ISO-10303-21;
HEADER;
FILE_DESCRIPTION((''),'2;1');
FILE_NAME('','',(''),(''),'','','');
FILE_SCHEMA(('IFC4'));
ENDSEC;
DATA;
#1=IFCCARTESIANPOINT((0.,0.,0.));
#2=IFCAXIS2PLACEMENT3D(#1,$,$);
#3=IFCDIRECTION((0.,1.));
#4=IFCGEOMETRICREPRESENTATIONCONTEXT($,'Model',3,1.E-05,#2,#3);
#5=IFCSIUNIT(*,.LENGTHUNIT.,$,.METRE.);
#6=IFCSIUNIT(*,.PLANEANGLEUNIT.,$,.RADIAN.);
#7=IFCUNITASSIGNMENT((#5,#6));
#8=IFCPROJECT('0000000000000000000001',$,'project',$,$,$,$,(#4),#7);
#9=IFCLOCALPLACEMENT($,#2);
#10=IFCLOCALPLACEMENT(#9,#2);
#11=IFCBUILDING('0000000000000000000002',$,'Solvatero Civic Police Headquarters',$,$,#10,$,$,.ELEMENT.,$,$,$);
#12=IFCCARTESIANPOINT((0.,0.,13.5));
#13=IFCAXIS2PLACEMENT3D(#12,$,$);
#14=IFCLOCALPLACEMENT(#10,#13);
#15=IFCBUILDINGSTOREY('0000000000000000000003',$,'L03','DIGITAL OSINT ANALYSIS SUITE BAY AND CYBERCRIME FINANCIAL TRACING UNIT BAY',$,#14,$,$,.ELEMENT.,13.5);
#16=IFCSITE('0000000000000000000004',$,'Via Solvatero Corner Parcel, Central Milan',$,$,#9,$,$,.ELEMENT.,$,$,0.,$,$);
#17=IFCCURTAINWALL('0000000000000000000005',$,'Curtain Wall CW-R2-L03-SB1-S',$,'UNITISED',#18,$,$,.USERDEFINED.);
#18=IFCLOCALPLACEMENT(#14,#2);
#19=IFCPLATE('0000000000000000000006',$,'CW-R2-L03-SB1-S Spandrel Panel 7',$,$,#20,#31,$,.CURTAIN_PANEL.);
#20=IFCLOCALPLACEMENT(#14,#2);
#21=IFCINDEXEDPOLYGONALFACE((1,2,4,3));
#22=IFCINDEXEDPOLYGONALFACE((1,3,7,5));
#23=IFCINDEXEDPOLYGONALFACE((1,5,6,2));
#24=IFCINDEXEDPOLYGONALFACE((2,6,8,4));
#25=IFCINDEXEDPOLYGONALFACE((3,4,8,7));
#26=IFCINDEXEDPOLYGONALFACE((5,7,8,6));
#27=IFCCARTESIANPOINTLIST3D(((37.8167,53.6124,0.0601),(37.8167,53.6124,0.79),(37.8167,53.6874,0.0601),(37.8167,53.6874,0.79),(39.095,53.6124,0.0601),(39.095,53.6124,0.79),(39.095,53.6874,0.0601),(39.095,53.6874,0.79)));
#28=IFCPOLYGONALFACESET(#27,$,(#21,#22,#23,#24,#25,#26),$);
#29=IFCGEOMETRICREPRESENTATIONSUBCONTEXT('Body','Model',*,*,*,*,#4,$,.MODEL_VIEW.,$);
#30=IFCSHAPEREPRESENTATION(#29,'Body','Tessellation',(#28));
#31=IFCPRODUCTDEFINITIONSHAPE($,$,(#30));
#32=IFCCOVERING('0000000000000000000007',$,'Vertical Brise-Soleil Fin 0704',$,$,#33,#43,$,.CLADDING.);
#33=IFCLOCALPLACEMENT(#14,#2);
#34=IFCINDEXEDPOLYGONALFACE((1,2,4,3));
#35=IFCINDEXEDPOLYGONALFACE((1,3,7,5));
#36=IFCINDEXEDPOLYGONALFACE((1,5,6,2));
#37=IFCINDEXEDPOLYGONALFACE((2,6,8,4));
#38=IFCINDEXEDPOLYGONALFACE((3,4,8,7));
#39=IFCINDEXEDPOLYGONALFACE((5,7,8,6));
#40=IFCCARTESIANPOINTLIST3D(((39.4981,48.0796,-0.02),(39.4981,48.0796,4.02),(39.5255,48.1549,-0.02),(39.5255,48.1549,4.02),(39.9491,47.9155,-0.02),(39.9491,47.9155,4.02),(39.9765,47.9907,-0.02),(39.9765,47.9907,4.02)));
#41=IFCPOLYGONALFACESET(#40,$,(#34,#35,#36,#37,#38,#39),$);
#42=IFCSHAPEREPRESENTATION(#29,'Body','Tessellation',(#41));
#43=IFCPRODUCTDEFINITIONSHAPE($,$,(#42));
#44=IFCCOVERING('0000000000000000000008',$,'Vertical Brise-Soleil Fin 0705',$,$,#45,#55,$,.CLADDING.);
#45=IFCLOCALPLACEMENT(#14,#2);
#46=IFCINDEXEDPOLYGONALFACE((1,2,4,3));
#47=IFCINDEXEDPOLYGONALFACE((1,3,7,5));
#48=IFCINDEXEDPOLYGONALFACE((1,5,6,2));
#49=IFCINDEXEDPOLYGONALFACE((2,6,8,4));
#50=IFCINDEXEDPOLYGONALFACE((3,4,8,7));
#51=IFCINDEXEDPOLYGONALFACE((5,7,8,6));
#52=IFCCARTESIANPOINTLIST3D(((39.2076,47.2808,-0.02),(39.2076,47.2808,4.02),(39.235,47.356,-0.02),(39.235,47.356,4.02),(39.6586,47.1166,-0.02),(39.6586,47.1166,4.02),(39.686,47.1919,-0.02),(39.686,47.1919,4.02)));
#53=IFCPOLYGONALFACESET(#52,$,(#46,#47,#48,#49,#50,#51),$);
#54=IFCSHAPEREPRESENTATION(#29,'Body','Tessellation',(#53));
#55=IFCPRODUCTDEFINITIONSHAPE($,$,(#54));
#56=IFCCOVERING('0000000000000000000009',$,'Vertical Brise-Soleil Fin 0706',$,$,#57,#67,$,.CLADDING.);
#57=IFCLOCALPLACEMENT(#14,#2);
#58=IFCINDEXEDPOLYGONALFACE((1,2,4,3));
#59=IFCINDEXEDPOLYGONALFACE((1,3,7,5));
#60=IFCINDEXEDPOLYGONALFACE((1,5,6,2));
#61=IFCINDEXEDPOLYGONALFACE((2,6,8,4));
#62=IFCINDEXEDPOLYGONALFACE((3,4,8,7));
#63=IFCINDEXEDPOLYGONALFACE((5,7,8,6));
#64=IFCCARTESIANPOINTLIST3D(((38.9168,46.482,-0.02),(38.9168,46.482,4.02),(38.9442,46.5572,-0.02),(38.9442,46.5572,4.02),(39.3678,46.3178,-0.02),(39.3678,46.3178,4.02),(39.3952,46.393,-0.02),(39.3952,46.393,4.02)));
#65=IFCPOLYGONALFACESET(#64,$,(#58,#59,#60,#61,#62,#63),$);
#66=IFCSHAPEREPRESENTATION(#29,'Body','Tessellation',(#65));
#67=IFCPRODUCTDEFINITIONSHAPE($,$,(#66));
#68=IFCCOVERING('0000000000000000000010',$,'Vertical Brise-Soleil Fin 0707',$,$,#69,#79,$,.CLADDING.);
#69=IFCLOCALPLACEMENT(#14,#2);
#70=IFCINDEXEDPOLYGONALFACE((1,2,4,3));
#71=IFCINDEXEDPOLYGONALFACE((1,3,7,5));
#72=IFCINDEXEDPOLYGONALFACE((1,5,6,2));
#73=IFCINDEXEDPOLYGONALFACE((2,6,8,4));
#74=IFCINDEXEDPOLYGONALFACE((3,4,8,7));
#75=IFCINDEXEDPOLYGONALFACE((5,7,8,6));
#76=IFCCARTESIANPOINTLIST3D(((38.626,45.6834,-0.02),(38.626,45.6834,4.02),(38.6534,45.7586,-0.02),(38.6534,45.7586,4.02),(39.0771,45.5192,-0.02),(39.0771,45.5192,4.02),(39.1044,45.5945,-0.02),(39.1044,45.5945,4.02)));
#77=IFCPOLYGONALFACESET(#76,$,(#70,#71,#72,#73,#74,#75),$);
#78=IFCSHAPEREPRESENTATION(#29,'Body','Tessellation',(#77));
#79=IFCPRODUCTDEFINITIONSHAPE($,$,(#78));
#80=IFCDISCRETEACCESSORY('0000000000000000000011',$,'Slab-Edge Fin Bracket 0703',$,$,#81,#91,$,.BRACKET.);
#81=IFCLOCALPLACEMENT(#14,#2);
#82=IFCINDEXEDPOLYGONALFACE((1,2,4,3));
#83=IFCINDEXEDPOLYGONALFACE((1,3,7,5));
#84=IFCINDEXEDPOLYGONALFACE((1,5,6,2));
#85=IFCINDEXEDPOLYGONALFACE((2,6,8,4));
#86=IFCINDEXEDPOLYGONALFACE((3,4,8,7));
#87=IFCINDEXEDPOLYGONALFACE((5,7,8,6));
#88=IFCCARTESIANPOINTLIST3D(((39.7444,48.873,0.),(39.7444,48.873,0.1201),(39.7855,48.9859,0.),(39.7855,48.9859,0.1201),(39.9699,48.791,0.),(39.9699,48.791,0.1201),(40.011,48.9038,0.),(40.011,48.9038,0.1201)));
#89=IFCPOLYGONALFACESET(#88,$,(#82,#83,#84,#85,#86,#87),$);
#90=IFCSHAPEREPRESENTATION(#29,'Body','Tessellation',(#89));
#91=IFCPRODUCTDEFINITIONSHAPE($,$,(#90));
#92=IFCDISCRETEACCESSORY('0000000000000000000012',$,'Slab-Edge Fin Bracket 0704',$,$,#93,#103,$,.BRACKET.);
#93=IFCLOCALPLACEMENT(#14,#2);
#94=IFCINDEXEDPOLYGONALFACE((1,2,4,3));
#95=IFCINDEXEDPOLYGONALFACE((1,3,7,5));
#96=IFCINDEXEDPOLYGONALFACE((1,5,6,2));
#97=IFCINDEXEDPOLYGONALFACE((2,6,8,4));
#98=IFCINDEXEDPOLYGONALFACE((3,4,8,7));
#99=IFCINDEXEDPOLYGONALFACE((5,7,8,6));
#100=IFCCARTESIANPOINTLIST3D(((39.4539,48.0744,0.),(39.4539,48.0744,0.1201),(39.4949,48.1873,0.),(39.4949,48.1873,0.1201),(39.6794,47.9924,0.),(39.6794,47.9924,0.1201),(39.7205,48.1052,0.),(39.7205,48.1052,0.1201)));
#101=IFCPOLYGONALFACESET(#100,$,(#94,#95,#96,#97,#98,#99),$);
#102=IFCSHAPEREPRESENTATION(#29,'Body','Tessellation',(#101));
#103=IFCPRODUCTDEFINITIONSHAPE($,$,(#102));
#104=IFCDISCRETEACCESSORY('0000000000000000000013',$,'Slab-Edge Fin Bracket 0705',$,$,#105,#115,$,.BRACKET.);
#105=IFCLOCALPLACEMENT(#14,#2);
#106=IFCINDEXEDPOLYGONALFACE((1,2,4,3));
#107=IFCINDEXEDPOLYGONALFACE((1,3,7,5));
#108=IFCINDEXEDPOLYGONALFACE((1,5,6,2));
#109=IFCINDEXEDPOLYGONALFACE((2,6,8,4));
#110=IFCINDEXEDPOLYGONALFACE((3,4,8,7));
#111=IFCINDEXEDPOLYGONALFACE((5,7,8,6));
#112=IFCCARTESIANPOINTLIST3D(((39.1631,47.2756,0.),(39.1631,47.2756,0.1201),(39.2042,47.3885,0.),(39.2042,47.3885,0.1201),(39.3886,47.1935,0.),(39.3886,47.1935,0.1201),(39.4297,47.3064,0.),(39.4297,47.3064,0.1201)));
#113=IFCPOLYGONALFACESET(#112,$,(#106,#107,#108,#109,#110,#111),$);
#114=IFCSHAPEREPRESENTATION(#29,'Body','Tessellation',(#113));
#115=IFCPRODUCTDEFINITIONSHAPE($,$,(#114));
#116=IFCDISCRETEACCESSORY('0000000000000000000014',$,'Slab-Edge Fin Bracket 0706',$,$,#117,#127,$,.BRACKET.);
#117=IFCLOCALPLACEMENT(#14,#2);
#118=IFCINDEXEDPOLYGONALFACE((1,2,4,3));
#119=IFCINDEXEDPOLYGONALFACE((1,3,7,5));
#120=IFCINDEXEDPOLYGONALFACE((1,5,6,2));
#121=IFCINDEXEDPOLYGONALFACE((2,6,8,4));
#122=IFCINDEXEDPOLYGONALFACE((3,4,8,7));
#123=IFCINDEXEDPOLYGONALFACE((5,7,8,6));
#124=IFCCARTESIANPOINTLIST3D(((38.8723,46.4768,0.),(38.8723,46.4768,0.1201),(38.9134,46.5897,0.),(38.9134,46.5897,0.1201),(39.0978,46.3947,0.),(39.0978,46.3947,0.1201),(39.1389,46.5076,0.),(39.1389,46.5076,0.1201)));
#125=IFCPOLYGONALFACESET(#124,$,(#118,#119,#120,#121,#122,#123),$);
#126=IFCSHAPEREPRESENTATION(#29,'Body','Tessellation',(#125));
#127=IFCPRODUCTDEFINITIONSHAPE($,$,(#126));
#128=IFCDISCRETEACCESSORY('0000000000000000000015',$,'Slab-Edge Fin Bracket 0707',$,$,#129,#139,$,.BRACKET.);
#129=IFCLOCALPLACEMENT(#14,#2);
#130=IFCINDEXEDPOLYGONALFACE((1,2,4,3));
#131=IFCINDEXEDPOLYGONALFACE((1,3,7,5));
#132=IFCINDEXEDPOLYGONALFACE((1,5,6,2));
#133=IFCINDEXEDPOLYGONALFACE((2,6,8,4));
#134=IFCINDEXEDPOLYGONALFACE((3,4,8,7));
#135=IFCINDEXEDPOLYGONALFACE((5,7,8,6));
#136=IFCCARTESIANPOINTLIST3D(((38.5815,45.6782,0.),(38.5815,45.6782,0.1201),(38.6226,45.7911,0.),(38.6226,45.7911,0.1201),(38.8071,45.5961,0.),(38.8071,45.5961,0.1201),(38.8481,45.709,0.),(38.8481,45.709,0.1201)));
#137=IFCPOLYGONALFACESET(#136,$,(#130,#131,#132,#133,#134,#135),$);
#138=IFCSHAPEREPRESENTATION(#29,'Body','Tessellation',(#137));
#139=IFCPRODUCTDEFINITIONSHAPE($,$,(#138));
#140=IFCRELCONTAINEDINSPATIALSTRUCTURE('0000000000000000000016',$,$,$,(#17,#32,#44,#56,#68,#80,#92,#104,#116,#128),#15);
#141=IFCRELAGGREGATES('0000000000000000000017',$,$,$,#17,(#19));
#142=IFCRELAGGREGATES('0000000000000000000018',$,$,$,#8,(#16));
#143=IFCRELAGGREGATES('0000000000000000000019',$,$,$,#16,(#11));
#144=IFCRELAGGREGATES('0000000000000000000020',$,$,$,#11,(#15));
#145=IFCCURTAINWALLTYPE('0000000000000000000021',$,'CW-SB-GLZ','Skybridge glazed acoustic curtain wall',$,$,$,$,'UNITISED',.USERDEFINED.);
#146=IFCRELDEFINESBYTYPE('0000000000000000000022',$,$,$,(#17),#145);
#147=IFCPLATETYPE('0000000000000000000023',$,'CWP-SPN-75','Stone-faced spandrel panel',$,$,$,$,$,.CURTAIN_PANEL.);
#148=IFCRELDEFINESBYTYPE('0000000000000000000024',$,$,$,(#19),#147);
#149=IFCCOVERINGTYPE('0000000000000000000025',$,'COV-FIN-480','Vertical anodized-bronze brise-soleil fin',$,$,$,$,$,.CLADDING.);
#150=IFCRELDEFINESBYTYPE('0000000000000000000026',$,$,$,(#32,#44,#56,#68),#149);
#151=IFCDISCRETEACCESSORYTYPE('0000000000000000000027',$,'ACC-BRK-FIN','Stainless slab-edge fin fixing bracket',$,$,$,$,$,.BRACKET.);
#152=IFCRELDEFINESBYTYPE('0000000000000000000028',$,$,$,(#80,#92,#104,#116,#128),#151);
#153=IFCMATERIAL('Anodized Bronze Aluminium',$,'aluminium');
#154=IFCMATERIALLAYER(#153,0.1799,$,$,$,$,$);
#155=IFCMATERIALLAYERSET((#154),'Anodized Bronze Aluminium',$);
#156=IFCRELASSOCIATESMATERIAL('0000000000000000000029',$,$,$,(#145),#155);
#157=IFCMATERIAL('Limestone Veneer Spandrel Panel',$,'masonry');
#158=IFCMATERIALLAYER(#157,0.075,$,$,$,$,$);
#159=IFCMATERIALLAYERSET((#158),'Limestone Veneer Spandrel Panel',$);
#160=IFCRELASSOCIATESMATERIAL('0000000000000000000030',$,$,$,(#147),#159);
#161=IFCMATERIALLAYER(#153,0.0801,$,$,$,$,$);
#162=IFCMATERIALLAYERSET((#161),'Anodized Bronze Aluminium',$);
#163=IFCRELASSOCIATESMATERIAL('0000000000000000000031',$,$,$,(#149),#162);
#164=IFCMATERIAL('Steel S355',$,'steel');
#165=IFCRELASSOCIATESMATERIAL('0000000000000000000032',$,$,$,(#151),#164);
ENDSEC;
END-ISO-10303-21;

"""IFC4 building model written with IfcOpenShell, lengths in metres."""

from ifc_helpers import new_model, si_unit, direction, frame, origin, origin_2d, place, context, subcontext, project, spatial, rectangle, extrude, material, layer, layer_set, type_object, element, aggregate, save


model = new_model("IFC4")

# Units and contexts
model_context = context("Model", 3, precision=1e-05, world=origin(), true_north=direction((0.0, 1.0)))
body_context = subcontext(model_context, "Body", "Model", "MODEL_VIEW")
ifc_project = project(units=[si_unit("LENGTHUNIT", "METRE"), si_unit("PLANEANGLEUNIT", "RADIAN")], contexts=[model_context])

# Site, building, storey
site_placement = place(None, origin())
site = spatial("IfcSite", under=ifc_project, at=site_placement, Name="Via Solvatero Corner Parcel, Central Milan", CompositionType="ELEMENT", RefElevation=0.0)
building_placement = place(site_placement, origin())
building = spatial("IfcBuilding", under=site, at=building_placement, Name="Solvatero Civic Police Headquarters", CompositionType="ELEMENT")
storey_placement = place(building_placement, frame((0.0, 0.0, 13.5)))
storey = spatial("IfcBuildingStorey", under=building, at=storey_placement, Name="L03", Description="DIGITAL OSINT ANALYSIS SUITE BAY AND CYBERCRIME FINANCIAL TRACING UNIT BAY", CompositionType="ELEMENT", Elevation=13.5)

# Curtain wall
ifc_material_1 = material(Name="Anodized Bronze Aluminium", Category="aluminium")
ifc_layer_1 = layer(ifc_material_1, 0.1799)
ifc_layer_set_1 = layer_set([ifc_layer_1], Name="Anodized Bronze Aluminium")
curtain_wall_type_1 = type_object("IfcCurtainWallType", Name="CW-SB-GLZ", Description="Skybridge glazed acoustic curtain wall", ElementType="UNITISED", PredefinedType="USERDEFINED", material=ifc_layer_set_1)
curtain_wall_1_placement = place(storey_placement, origin())
curtain_wall_1 = element("IfcCurtainWall", 1, at=curtain_wall_1_placement, inside=storey, type_object=curtain_wall_type_1, Name="Curtain Wall CW-R2-L03-SB1-S", ObjectType="UNITISED", PredefinedType="USERDEFINED")

# Plate
ifc_material_2 = material(Name="Limestone Veneer Spandrel Panel", Category="masonry")
ifc_layer_2 = layer(ifc_material_2, 0.075)
ifc_layer_set_2 = layer_set([ifc_layer_2], Name="Limestone Veneer Spandrel Panel")
plate_type_1 = type_object("IfcPlateType", Name="CWP-SPN-75", Description="Stone-faced spandrel panel", PredefinedType="CURTAIN_PANEL", material=ifc_layer_set_2)
plate_1_placement = place(storey_placement, frame((38.4558, 53.6499, 0.0601), z_axis=(0.0, 0.0, 1.0), x_axis=(1.0, 0.0, 0.0)))
plate_1 = element("IfcPlate", 2, at=plate_1_placement, type_object=plate_type_1, Name="CW-R2-L03-SB1-S Spandrel Panel 7", PredefinedType="CURTAIN_PANEL", context=body_context, shape_type="SweptSolid", body=[
    extrude(rectangle(XDim=1.2783, YDim=0.075, at=origin_2d()), origin(), (0.0, 0.0, 1.0), 0.73),
])
aggregate(curtain_wall_1, [plate_1])

# Coverings
ifc_layer_3 = layer(ifc_material_1, 0.0801)
ifc_layer_set_3 = layer_set([ifc_layer_3], Name="Anodized Bronze Aluminium")
covering_type = type_object("IfcCoveringType", Name="COV-FIN-480", Description="Vertical anodized-bronze brise-soleil fin", PredefinedType="CLADDING", material=ifc_layer_set_3)
for number, where, z_axis, x_axis, name in (
    (3, (39.7373, 48.0352, -0.02), (0.0, 0.0, 1.0), (-0.34202, -0.939693, 0.0), "Vertical Brise-Soleil Fin 0704"),
    (4, (39.4468, 47.2363, -0.02), (0.0, 0.0, 1.0), (-0.34202, -0.939693, 0.0), "Vertical Brise-Soleil Fin 0705"),
    (5, (39.156, 46.4375, -0.02), (0.0, 0.0, 1.0), (-0.34202, -0.939693, 0.0), "Vertical Brise-Soleil Fin 0706"),
    (6, (38.8652, 45.6389, -0.02), (0.0, 0.0, 1.0), (-0.34202, -0.939693, 0.0), "Vertical Brise-Soleil Fin 0707"),
):
    element("IfcCovering", number, at=place(storey_placement, frame(where, z_axis=z_axis, x_axis=x_axis)), inside=storey, type_object=covering_type, Name=name, PredefinedType="CLADDING", context=body_context, shape_type="SweptSolid", body=[
        extrude(rectangle(XDim=0.0801, YDim=0.48, at=origin_2d()), origin(), (0.0, 0.0, 1.0), 4.04),
    ])

# Discrete accessories
ifc_material_3 = material(Name="Steel S355", Category="steel")
discrete_accessory_type = type_object("IfcDiscreteAccessoryType", Name="ACC-BRK-FIN", Description="Stainless slab-edge fin fixing bracket", PredefinedType="BRACKET", material=ifc_material_3)
for number, where, z_axis, x_axis, name in (
    (7, (39.8777, 48.8884, 0.0), (0.0, 0.0, 1.0), (-0.34202, -0.939693, 0.0), "Slab-Edge Fin Bracket 0703"),
    (8, (39.5872, 48.0898, 0.0), (0.0, 0.0, 1.0), (-0.34202, -0.939693, 0.0), "Slab-Edge Fin Bracket 0704"),
    (9, (39.2964, 47.291, 0.0), (0.0, 0.0, 1.0), (-0.34202, -0.939693, 0.0), "Slab-Edge Fin Bracket 0705"),
    (10, (39.0056, 46.4922, 0.0), (0.0, 0.0, 1.0), (-0.34202, -0.939693, 0.0), "Slab-Edge Fin Bracket 0706"),
    (11, (38.7148, 45.6936, 0.0), (0.0, 0.0, 1.0), (-0.34202, -0.939693, 0.0), "Slab-Edge Fin Bracket 0707"),
):
    element("IfcDiscreteAccessory", number, at=place(storey_placement, frame(where, z_axis=z_axis, x_axis=x_axis)), inside=storey, type_object=discrete_accessory_type, Name=name, PredefinedType="BRACKET", context=body_context, shape_type="SweptSolid", body=[
        extrude(rectangle(XDim=0.1201, YDim=0.24, at=origin_2d()), origin(), (0.0, 0.0, 1.0), 0.1201),
    ])

save(model, "model.ifc")
